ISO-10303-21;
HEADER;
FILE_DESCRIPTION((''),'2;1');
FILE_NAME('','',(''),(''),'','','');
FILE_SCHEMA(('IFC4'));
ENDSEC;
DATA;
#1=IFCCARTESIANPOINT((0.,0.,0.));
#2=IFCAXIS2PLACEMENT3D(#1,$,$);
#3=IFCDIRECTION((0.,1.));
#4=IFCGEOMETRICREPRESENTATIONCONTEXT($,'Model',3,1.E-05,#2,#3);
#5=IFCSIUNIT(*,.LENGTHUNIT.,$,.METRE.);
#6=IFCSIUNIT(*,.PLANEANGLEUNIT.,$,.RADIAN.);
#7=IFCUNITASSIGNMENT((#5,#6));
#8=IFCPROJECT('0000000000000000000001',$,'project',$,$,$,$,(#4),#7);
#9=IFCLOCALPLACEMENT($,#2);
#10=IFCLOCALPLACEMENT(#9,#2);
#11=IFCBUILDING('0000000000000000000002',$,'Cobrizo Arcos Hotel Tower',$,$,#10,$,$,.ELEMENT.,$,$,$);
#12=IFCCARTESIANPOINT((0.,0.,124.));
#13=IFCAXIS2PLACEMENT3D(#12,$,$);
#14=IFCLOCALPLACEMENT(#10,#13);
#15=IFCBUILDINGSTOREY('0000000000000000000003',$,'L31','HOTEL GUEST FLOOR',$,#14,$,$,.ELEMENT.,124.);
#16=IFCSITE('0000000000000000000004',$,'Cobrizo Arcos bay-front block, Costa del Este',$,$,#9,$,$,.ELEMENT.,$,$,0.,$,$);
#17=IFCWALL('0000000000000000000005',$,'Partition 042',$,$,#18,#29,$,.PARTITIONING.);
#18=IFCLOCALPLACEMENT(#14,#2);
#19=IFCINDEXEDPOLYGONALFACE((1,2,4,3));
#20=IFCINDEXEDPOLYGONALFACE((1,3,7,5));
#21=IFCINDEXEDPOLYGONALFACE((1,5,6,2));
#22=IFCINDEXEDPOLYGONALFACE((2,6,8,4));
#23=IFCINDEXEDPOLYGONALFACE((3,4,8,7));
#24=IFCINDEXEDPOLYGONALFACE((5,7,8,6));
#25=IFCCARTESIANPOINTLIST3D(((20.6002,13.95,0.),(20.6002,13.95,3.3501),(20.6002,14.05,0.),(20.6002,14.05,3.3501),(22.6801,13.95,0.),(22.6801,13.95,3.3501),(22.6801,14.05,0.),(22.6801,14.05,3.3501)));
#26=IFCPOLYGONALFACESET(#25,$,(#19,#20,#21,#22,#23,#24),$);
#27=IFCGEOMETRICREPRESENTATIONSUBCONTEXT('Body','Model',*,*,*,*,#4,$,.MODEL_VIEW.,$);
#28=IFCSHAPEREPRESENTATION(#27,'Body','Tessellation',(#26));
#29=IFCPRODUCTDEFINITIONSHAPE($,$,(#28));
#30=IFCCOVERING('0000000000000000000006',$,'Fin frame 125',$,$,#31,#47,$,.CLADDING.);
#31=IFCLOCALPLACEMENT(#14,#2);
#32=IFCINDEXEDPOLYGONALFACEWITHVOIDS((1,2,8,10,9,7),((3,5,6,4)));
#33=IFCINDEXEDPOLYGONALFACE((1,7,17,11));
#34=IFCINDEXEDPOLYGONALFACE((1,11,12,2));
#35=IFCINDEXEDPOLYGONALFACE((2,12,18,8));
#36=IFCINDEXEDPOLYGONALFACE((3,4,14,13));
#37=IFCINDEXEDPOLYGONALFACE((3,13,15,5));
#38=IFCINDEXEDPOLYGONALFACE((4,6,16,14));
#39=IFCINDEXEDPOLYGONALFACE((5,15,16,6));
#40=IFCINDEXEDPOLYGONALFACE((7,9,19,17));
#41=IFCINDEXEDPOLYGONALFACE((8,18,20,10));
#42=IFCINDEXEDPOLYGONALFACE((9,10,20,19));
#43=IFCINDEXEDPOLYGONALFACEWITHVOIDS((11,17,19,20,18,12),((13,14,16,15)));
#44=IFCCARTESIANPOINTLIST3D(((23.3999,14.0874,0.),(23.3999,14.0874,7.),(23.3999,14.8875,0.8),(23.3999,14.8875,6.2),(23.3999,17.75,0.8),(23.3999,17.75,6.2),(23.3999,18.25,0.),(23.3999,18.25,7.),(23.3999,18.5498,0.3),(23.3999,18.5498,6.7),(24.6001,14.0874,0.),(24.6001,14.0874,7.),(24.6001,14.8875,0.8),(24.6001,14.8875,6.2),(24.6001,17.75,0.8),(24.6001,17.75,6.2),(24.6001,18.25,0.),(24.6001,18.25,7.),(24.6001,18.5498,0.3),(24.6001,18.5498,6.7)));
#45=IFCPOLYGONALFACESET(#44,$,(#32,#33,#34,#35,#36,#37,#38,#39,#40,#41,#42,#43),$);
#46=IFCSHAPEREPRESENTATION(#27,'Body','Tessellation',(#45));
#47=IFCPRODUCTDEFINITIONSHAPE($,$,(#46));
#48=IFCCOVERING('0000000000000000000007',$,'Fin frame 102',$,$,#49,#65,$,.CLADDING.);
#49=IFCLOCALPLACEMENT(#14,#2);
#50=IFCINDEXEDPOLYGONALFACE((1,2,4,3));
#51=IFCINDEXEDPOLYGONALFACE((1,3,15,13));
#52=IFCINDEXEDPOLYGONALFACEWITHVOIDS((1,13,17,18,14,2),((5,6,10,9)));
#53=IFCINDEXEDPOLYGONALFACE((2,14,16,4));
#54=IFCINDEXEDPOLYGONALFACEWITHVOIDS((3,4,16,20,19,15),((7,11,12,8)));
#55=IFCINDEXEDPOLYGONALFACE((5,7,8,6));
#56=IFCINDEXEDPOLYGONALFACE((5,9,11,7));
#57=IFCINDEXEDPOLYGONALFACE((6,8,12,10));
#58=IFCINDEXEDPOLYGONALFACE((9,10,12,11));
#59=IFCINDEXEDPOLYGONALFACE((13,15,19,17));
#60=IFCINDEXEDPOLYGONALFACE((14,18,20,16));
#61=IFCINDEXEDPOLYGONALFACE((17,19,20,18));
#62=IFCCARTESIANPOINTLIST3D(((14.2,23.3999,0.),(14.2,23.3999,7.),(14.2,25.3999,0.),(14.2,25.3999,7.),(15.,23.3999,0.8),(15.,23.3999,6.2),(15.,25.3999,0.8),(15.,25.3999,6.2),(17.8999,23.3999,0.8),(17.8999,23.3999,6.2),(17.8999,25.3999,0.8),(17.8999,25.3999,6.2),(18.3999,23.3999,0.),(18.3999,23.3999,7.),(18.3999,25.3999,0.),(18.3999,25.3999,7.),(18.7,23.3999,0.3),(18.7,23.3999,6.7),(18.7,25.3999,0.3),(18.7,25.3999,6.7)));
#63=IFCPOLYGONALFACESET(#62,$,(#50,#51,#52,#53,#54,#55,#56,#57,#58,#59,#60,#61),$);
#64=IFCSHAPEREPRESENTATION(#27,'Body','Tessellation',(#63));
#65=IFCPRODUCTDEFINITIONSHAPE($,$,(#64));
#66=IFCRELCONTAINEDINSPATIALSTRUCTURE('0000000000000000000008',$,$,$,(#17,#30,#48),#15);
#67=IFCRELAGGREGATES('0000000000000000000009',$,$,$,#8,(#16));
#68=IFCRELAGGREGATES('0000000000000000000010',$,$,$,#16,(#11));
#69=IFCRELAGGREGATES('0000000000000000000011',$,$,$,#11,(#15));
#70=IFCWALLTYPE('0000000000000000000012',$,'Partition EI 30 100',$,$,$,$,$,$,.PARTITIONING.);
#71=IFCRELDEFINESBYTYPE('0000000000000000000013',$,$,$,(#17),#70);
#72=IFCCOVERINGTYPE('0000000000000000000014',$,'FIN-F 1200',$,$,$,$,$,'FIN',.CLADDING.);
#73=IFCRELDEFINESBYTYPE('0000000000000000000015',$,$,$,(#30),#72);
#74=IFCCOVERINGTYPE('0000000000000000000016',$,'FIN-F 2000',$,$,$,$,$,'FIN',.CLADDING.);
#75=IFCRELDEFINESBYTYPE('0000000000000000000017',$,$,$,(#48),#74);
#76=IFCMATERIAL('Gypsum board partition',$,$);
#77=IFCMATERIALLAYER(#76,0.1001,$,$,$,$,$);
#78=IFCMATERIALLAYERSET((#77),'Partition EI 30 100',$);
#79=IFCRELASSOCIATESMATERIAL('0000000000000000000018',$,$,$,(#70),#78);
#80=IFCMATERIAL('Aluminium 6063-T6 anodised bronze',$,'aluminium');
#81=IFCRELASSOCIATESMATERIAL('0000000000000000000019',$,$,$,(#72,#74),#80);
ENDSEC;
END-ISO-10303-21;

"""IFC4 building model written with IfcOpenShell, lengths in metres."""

from ifc_helpers import new_model, si_unit, direction, frame, frame_2d, origin, place, context, subcontext, project, spatial, polyline, rectangle, outline, extrude, material, layer, layer_set, type_object, element, save


model = new_model("IFC4")

# Units and contexts
model_context = context("Model", 3, precision=1e-05, world=origin(), true_north=direction((0.0, 1.0)))
body_context = subcontext(model_context, "Body", "Model", "MODEL_VIEW")
ifc_project = project(units=[si_unit("LENGTHUNIT", "METRE"), si_unit("PLANEANGLEUNIT", "RADIAN")], contexts=[model_context])

# Site, building, storey
site_placement = place(None, origin())
site = spatial("IfcSite", under=ifc_project, at=site_placement, Name="Cobrizo Arcos bay-front block, Costa del Este", CompositionType="ELEMENT", RefElevation=0.0)
building_placement = place(site_placement, origin())
building = spatial("IfcBuilding", under=site, at=building_placement, Name="Cobrizo Arcos Hotel Tower", CompositionType="ELEMENT")
storey_placement = place(building_placement, frame((0.0, 0.0, 124.0)))
storey = spatial("IfcBuildingStorey", under=building, at=storey_placement, Name="L31", Description="HOTEL GUEST FLOOR", CompositionType="ELEMENT", Elevation=124.0)

# Shared definitions
ifc_material_1 = material(Name="Aluminium 6063-T6 anodised bronze", Category="aluminium")

# Wall
ifc_material_2 = material(Name="Gypsum board partition")
ifc_layer_1 = layer(ifc_material_2, 0.1001)
ifc_layer_set_1 = layer_set([ifc_layer_1], Name="Partition EI 30 100")
wall_type = type_object("IfcWallType", Name="Partition EI 30 100", PredefinedType="PARTITIONING", material=ifc_layer_set_1)
wall_placement = place(storey_placement, frame((20.6001, 14.0, 0.0), z_axis=(0.0, 0.0, 1.0), x_axis=(1.0, 0.0, 0.0)))
element("IfcWall", 1, at=wall_placement, inside=storey, type_object=wall_type, Name="Partition 042", PredefinedType="PARTITIONING", context=body_context, shape_type="SweptSolid", body=[
    extrude(rectangle(XDim=2.0798, YDim=0.1001, at=frame_2d((1.04, 0.0))), origin(), (0.0, 0.0, 1.0), 3.3501),
])

# Coverings
covering_type_1 = type_object("IfcCoveringType", Name="FIN-F 1200", ElementType="FIN", PredefinedType="CLADDING", material=ifc_material_1)
covering_1_placement = place(storey_placement, frame((23.3999, 14.0874, 0.0), z_axis=(1.0, 0.0, 0.0), x_axis=(0.0, 1.0, 0.0)))
element("IfcCovering", 2, at=covering_1_placement, inside=storey, type_object=covering_type_1, Name="Fin frame 125", PredefinedType="CLADDING", context=body_context, shape_type="SweptSolid", body=[
    extrude(outline(polyline([(0.0, 7.0), (0.0, 0.0), (4.1626, 0.0), (4.4624, 0.3), (4.4624, 6.7), (4.1626, 7.0), (0.0, 7.0)]), holes=[polyline([(3.6626, 0.8), (0.8, 0.8), (0.8, 6.2), (3.6626, 6.2), (3.6626, 0.8)])]), origin(), (0.0, 0.0, 1.0), 1.2002),
])
covering_type_2 = type_object("IfcCoveringType", Name="FIN-F 2000", ElementType="FIN", PredefinedType="CLADDING", material=ifc_material_1)
covering_2_placement = place(storey_placement, frame((18.7, 23.3999, 0.0), z_axis=(0.0, 1.0, 0.0), x_axis=(-1.0, 0.0, 0.0)))
element("IfcCovering", 3, at=covering_2_placement, inside=storey, type_object=covering_type_2, Name="Fin frame 102", PredefinedType="CLADDING", context=body_context, shape_type="SweptSolid", body=[
    extrude(outline(polyline([(0.0, 0.3), (0.3, 0.0), (4.5, 0.0), (4.5, 7.0), (0.3, 7.0), (0.0, 6.7), (0.0, 0.3)]), holes=[polyline([(3.7, 0.8), (0.8, 0.8), (0.8, 6.2), (3.7, 6.2), (3.7, 0.8)])]), origin(), (0.0, 0.0, 1.0), 2.0),
])

save(model, "model.ifc")
